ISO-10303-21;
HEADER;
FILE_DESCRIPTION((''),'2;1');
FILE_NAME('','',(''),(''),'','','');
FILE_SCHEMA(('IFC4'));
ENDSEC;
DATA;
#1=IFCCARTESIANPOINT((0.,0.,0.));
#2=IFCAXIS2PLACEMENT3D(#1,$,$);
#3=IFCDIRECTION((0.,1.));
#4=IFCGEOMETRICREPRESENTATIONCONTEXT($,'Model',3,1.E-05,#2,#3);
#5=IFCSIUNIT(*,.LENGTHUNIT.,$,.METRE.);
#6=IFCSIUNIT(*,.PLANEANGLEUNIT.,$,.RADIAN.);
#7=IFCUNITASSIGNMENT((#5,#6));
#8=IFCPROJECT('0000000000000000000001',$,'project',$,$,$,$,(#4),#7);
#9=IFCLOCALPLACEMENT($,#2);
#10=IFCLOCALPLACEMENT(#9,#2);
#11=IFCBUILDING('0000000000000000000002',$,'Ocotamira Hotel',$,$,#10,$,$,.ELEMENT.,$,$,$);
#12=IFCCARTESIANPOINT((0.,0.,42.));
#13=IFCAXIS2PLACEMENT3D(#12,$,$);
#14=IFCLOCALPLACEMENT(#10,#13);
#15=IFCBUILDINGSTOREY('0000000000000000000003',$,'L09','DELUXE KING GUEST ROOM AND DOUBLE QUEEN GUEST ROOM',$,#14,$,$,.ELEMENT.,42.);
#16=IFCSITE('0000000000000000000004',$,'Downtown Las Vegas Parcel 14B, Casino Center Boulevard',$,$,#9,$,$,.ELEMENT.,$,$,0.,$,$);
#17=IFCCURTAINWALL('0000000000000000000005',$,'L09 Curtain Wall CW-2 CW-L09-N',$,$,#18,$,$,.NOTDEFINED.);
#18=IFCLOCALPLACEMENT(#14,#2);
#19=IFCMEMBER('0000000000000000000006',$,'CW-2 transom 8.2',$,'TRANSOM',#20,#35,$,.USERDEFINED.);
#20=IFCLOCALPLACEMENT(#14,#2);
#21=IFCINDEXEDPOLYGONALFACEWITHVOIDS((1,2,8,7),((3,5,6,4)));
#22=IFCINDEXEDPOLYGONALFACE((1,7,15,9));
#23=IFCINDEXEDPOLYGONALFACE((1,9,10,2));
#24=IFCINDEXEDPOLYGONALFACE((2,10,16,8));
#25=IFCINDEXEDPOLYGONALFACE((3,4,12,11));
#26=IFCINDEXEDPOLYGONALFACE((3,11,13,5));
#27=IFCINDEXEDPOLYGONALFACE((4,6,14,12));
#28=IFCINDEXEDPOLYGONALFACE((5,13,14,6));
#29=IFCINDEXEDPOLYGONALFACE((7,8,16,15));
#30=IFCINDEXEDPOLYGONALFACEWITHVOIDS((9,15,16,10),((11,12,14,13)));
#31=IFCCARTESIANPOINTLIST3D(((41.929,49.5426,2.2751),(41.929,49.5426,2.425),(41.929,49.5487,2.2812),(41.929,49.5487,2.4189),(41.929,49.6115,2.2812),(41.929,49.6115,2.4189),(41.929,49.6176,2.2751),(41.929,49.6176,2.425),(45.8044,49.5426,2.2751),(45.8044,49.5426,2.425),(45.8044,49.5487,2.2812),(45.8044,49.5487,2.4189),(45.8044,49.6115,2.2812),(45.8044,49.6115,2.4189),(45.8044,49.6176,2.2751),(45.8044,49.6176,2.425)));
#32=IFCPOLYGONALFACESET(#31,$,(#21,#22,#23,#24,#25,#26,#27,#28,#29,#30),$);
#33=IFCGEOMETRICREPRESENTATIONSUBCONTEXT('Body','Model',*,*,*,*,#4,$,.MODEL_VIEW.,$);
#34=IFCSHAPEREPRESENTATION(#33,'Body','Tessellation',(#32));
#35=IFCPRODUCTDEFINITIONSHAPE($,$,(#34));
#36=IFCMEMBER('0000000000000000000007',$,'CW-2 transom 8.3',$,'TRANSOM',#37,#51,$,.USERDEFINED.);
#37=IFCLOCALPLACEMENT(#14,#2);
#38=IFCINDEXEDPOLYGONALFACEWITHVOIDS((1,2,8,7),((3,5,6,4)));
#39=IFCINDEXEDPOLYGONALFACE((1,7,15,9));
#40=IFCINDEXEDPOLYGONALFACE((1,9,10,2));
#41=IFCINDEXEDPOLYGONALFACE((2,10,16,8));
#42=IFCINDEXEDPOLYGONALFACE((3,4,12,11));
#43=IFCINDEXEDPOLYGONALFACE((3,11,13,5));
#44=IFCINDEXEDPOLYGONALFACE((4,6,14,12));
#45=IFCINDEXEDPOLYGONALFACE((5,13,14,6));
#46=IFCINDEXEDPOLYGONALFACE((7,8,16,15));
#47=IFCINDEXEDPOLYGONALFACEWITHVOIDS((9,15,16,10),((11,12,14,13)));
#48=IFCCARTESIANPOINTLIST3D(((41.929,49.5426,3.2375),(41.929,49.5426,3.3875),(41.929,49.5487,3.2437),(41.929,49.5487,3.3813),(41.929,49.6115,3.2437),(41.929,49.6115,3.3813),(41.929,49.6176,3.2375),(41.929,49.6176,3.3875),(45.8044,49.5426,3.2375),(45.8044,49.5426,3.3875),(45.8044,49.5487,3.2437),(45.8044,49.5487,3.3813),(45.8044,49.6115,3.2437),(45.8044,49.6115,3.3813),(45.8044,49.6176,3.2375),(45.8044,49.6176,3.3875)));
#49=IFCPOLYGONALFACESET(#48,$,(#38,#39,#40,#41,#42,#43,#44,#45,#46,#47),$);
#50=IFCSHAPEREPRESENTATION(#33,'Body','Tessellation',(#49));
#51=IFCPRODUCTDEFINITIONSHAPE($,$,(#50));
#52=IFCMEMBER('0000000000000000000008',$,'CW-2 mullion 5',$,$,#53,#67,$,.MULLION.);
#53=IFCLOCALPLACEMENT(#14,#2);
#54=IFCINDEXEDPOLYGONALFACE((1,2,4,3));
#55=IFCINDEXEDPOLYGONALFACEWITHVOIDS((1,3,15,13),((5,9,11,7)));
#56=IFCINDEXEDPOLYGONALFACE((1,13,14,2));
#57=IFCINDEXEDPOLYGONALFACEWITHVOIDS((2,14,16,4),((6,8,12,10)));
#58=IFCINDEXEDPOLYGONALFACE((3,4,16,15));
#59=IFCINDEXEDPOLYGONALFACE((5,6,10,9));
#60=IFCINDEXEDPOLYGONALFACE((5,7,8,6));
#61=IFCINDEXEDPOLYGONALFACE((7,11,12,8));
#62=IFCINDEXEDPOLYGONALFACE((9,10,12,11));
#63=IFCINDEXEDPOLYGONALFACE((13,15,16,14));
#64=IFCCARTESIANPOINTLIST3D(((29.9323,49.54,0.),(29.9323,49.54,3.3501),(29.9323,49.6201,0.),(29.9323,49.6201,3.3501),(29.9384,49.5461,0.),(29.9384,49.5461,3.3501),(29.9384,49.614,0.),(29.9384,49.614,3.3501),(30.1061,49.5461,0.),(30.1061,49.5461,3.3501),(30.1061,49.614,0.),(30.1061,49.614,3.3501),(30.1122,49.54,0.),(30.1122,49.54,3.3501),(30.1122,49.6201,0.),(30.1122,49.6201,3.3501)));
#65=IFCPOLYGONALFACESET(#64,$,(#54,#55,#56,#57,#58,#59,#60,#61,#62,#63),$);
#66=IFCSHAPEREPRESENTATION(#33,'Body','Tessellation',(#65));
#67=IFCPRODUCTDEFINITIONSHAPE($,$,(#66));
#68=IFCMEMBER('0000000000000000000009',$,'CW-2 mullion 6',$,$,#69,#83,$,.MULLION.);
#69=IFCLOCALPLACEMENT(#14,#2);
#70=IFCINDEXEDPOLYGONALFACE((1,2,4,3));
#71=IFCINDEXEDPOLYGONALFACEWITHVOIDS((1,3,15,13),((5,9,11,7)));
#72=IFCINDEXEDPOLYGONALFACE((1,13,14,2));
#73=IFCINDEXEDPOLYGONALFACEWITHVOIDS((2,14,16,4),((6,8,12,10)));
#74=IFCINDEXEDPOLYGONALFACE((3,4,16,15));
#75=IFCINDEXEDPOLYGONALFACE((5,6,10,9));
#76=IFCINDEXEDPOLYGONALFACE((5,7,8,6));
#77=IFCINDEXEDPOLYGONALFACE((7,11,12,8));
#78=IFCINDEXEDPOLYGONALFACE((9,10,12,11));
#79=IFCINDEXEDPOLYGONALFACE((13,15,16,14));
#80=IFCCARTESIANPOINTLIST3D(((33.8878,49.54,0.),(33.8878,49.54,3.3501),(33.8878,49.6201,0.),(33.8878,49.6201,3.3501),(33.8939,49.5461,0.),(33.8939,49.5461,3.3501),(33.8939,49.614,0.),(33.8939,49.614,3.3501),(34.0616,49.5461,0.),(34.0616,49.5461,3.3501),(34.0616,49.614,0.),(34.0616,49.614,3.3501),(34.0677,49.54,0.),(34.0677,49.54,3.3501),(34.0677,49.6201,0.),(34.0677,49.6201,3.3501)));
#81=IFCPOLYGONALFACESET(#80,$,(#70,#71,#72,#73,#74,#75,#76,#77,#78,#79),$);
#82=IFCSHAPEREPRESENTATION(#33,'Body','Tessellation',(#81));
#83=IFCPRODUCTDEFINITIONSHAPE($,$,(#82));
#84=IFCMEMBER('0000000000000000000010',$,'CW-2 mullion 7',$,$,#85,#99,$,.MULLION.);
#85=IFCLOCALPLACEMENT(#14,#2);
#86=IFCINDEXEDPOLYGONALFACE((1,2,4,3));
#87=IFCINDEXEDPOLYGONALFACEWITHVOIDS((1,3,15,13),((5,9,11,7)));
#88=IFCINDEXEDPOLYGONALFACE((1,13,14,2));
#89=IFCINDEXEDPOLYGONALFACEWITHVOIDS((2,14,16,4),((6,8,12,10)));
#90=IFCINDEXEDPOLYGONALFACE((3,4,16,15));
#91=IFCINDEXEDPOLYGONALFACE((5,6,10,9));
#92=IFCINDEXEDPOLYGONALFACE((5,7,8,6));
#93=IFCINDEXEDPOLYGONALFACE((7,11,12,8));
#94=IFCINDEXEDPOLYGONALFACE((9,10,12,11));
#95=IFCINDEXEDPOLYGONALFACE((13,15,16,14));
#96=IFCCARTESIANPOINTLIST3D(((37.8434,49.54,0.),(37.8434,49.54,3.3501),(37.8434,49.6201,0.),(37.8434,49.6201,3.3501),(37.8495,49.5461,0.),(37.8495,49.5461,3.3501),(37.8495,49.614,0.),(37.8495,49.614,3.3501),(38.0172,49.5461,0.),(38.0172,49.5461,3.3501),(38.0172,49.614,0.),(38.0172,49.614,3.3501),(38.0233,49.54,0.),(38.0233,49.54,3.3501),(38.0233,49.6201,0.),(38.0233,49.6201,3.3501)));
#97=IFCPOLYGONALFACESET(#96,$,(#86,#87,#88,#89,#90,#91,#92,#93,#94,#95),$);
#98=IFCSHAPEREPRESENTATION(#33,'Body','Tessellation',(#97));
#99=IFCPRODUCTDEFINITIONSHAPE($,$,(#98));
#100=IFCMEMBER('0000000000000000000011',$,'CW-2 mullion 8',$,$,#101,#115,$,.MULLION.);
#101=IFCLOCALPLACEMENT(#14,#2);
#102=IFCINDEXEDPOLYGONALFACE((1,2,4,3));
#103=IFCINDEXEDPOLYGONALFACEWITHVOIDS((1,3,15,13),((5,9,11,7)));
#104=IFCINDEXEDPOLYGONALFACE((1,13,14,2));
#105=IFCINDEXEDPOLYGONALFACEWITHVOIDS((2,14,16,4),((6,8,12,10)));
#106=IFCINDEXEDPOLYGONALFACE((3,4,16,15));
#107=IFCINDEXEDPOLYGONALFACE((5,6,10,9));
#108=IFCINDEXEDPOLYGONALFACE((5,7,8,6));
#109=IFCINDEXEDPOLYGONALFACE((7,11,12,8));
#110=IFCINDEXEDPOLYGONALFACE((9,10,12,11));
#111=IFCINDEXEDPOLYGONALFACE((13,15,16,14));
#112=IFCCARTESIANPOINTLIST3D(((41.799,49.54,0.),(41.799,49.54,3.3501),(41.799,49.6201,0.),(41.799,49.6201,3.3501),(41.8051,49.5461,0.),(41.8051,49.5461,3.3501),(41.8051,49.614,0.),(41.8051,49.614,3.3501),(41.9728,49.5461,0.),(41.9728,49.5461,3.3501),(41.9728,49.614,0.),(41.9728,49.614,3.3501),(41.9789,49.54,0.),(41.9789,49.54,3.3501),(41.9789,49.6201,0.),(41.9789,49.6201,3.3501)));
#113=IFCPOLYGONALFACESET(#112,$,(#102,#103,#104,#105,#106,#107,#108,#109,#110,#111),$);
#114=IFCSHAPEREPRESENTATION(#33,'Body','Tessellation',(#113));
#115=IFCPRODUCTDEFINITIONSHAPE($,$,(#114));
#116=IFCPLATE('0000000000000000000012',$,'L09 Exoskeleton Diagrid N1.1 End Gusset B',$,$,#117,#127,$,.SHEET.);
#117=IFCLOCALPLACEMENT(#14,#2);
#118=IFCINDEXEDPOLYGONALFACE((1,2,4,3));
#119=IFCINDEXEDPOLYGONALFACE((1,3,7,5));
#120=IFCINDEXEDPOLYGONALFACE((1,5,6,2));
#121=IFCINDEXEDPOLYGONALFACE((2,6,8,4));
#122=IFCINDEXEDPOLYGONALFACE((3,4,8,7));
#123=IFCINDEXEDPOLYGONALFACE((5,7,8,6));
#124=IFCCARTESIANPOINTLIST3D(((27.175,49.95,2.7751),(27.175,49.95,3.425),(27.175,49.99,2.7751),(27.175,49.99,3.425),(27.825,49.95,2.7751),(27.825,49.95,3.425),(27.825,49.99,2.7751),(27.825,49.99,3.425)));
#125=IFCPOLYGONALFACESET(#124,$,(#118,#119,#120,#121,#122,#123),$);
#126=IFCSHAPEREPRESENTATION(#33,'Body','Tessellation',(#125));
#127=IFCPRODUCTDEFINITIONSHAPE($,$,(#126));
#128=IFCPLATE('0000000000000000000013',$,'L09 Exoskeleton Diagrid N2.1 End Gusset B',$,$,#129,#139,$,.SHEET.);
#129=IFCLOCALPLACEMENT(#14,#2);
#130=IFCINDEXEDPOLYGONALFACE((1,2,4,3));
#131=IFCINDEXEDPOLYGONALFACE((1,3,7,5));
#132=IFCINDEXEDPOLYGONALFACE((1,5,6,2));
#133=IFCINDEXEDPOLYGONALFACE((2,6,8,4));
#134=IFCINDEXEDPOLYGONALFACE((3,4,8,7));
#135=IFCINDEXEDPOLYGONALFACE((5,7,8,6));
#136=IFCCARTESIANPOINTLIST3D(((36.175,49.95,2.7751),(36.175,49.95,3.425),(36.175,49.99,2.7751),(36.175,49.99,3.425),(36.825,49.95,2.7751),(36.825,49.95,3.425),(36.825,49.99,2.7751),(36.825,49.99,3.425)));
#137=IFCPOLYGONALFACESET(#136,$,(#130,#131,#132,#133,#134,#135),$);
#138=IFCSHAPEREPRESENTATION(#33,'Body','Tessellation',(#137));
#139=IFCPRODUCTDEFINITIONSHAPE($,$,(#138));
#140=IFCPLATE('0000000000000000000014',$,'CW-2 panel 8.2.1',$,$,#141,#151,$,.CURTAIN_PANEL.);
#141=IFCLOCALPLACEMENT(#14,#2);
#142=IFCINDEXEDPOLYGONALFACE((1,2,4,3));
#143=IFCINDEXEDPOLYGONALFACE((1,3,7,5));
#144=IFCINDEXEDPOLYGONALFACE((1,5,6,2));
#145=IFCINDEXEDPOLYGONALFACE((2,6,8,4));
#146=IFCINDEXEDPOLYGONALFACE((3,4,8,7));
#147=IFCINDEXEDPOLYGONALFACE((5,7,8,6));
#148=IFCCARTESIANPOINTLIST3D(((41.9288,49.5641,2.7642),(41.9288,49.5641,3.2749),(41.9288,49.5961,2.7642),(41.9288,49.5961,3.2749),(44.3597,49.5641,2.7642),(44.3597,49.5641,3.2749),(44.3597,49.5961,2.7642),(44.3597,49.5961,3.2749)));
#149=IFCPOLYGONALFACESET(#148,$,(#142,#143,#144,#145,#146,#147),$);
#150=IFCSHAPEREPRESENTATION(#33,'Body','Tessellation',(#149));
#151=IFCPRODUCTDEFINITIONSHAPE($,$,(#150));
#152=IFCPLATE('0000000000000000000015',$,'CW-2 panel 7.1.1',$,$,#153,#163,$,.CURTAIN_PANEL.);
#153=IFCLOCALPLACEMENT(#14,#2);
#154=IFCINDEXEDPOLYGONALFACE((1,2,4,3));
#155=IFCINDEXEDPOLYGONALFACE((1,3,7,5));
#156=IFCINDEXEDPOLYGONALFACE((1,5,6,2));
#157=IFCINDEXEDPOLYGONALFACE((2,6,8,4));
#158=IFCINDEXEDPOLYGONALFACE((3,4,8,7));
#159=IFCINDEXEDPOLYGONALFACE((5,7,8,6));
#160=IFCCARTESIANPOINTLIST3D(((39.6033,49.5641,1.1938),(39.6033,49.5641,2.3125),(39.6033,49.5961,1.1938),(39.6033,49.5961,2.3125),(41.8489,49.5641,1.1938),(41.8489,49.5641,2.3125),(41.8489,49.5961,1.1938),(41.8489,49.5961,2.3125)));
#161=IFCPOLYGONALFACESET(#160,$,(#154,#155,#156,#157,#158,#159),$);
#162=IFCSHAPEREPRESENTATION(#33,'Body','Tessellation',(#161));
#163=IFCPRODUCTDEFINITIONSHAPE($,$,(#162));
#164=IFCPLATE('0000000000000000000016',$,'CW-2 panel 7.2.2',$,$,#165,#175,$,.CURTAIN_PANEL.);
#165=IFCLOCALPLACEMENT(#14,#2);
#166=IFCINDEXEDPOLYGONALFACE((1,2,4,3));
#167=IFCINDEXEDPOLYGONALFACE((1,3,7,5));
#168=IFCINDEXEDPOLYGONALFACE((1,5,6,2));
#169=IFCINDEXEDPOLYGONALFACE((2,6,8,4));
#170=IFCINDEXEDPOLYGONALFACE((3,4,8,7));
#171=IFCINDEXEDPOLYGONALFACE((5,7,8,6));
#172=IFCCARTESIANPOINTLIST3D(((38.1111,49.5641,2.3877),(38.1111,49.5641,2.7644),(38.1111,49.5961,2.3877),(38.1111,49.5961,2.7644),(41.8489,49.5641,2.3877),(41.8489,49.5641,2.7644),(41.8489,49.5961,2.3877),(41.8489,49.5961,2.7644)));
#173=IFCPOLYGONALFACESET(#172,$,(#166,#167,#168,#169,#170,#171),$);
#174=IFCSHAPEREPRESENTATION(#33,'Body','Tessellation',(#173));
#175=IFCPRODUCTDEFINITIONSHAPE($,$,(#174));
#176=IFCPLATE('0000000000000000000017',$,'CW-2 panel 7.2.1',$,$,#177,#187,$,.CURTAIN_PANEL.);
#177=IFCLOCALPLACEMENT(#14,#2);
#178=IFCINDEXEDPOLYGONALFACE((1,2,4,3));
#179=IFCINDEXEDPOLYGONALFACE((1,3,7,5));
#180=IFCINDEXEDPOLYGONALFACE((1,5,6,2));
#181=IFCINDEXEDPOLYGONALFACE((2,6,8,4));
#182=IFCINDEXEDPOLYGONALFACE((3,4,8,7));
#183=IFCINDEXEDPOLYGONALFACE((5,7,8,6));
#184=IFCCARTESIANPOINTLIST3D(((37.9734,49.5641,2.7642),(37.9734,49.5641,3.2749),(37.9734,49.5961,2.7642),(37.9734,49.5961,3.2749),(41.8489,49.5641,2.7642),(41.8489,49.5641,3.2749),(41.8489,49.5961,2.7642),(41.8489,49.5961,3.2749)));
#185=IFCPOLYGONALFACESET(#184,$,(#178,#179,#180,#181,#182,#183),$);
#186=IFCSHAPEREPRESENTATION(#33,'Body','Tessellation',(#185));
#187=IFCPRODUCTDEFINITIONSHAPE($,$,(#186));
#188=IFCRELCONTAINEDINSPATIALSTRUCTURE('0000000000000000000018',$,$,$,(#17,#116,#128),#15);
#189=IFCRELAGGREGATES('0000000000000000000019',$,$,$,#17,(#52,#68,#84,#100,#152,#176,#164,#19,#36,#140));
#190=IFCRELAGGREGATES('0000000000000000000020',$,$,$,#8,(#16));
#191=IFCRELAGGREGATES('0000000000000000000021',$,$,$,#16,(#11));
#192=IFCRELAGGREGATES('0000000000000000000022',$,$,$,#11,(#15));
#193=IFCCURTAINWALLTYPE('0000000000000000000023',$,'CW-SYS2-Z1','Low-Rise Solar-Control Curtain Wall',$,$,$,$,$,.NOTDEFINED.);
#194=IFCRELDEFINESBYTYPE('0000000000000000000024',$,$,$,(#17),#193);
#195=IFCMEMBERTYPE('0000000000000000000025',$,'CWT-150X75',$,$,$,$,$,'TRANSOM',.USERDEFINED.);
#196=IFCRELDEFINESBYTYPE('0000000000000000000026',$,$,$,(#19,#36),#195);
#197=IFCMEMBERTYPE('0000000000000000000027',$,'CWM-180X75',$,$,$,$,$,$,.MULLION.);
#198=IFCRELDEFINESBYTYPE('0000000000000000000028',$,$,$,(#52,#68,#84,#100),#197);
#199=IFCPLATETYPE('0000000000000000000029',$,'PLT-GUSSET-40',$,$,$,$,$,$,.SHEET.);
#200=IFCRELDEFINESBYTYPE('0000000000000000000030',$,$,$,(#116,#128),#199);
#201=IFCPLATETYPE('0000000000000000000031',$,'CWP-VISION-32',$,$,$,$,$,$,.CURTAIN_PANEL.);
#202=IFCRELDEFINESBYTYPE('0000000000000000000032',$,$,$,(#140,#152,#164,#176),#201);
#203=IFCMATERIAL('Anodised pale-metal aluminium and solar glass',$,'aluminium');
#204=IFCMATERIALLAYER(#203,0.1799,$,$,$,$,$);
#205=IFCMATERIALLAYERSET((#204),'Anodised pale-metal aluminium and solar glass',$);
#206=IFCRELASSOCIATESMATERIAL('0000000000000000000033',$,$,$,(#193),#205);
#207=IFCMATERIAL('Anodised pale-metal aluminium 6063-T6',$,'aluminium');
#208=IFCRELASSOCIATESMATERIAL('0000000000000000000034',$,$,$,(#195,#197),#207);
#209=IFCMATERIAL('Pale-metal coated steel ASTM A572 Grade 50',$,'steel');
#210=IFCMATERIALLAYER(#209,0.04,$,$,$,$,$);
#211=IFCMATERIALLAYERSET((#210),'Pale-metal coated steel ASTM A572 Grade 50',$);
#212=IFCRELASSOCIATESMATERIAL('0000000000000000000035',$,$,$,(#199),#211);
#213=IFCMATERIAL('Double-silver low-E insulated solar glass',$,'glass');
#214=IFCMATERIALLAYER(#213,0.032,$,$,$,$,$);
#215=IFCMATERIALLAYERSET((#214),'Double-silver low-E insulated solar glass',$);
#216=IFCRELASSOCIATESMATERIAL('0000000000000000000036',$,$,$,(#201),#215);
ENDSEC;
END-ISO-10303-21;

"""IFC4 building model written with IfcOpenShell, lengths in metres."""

from ifc_helpers import new_model, si_unit, direction, frame, origin, origin_2d, place, context, subcontext, project, spatial, rectangle, hollow_rectangle, extrude, source, transform, mapped, material, layer, layer_set, material_profile, profile_set, type_object, element, aggregate, save


model = new_model("IFC4")

# Units and contexts
model_context = context("Model", 3, precision=1e-05, world=origin(), true_north=direction((0.0, 1.0)))
body_context = subcontext(model_context, "Body", "Model", "MODEL_VIEW")
ifc_project = project(units=[si_unit("LENGTHUNIT", "METRE"), si_unit("PLANEANGLEUNIT", "RADIAN")], contexts=[model_context])

# Site, building, storey
site_placement = place(None, origin())
site = spatial("IfcSite", under=ifc_project, at=site_placement, Name="Downtown Las Vegas Parcel 14B, Casino Center Boulevard", CompositionType="ELEMENT", RefElevation=0.0)
building_placement = place(site_placement, origin())
building = spatial("IfcBuilding", under=site, at=building_placement, Name="Ocotamira Hotel", CompositionType="ELEMENT")
storey_placement = place(building_placement, frame((0.0, 0.0, 42.0)))
storey = spatial("IfcBuildingStorey", under=building, at=storey_placement, Name="L09", Description="DELUXE KING GUEST ROOM AND DOUBLE QUEEN GUEST ROOM", CompositionType="ELEMENT", Elevation=42.0)

# Curtain wall, members
ifc_material_1 = material(Name="Anodised pale-metal aluminium and solar glass", Category="aluminium")
ifc_layer_1 = layer(ifc_material_1, 0.1799)
ifc_layer_set_1 = layer_set([ifc_layer_1], Name="Anodised pale-metal aluminium and solar glass")
curtain_wall_type = type_object("IfcCurtainWallType", Name="CW-SYS2-Z1", Description="Low-Rise Solar-Control Curtain Wall", PredefinedType="NOTDEFINED", material=ifc_layer_set_1)
curtain_wall_placement = place(storey_placement, origin())
curtain_wall = element("IfcCurtainWall", 1, at=curtain_wall_placement, inside=storey, type_object=curtain_wall_type, Name="L09 Curtain Wall CW-2 CW-L09-N", PredefinedType="NOTDEFINED")
ifc_material_2 = material(Name="Anodised pale-metal aluminium 6063-T6", Category="aluminium")
ifc_material_profile_1 = material_profile(ifc_material_2, hollow_rectangle(XDim=0.075, YDim=0.1499, WallThickness=0.0061, at=origin_2d()), Name="HSS150X75X6")
ifc_profile_set_1 = profile_set([ifc_material_profile_1], Name="Anodised pale-metal aluminium 6063-T6")
member_type_1 = type_object("IfcMemberType", Name="CWT-150X75", ElementType="TRANSOM", PredefinedType="USERDEFINED", material=ifc_profile_set_1)
shared_shape_1 = source(origin(), body_context, "Body", "SweptSolid", [
    extrude(hollow_rectangle(XDim=0.075, YDim=0.1499, WallThickness=0.0061, at=origin_2d()), origin(), (0.0, 0.0, 1.0), 3.8755),
])
member_1_placement = place(storey_placement, frame((41.929, 49.5801, 2.3501), z_axis=(1.0, 0.0, 0.0), x_axis=(0.0, 1.0, 0.0)))
member_1 = element("IfcMember", 2, at=member_1_placement, type_object=member_type_1, Name="CW-2 transom 8.2", ObjectType="TRANSOM", PredefinedType="USERDEFINED", context=body_context, shape_type="MappedRepresentation", body=[
    mapped(shared_shape_1, transform((0.0, 0.0, 0.0), scale=1.0)),
])
member_2_placement = place(storey_placement, frame((41.929, 49.5801, 3.3125), z_axis=(1.0, 0.0, 0.0), x_axis=(0.0, 1.0, 0.0)))
member_2 = element("IfcMember", 3, at=member_2_placement, type_object=member_type_1, Name="CW-2 transom 8.3", ObjectType="TRANSOM", PredefinedType="USERDEFINED", context=body_context, shape_type="MappedRepresentation", body=[
    mapped(shared_shape_1, transform((0.0, 0.0, 0.0), scale=1.0)),
])
ifc_material_profile_2 = material_profile(ifc_material_2, hollow_rectangle(XDim=0.0801, YDim=0.1799, WallThickness=0.0061, at=origin_2d()), Name="HSS180X80X6")
ifc_profile_set_2 = profile_set([ifc_material_profile_2], Name="Anodised pale-metal aluminium 6063-T6")
member_type_2 = type_object("IfcMemberType", Name="CWM-180X75", PredefinedType="MULLION", material=ifc_profile_set_2)
shared_shape_2 = source(origin(), body_context, "Body", "SweptSolid", [
    extrude(hollow_rectangle(XDim=0.0801, YDim=0.1799, WallThickness=0.0061, at=origin_2d()), origin(), (0.0, 0.0, 1.0), 3.3501),
])
member_3_placement = place(storey_placement, frame((30.0222, 49.5801, 0.0), z_axis=(0.0, 0.0, 1.0), x_axis=(0.0, 1.0, 0.0)))
member_3 = element("IfcMember", 4, at=member_3_placement, type_object=member_type_2, Name="CW-2 mullion 5", PredefinedType="MULLION", context=body_context, shape_type="MappedRepresentation", body=[
    mapped(shared_shape_2, transform((0.0, 0.0, 0.0), scale=1.0)),
])
member_4_placement = place(storey_placement, frame((33.9778, 49.5801, 0.0), z_axis=(0.0, 0.0, 1.0), x_axis=(0.0, 1.0, 0.0)))
member_4 = element("IfcMember", 5, at=member_4_placement, type_object=member_type_2, Name="CW-2 mullion 6", PredefinedType="MULLION", context=body_context, shape_type="MappedRepresentation", body=[
    mapped(shared_shape_2, transform((0.0, 0.0, 0.0), scale=1.0)),
])
member_5_placement = place(storey_placement, frame((37.9333, 49.5801, 0.0), z_axis=(0.0, 0.0, 1.0), x_axis=(0.0, 1.0, 0.0)))
member_5 = element("IfcMember", 6, at=member_5_placement, type_object=member_type_2, Name="CW-2 mullion 7", PredefinedType="MULLION", context=body_context, shape_type="MappedRepresentation", body=[
    mapped(shared_shape_2, transform((0.0, 0.0, 0.0), scale=1.0)),
])
member_6_placement = place(storey_placement, frame((41.8889, 49.5801, 0.0), z_axis=(0.0, 0.0, 1.0), x_axis=(0.0, 1.0, 0.0)))
member_6 = element("IfcMember", 7, at=member_6_placement, type_object=member_type_2, Name="CW-2 mullion 8", PredefinedType="MULLION", context=body_context, shape_type="MappedRepresentation", body=[
    mapped(shared_shape_2, transform((0.0, 0.0, 0.0), scale=1.0)),
])

# Plates
ifc_material_3 = material(Name="Pale-metal coated steel ASTM A572 Grade 50", Category="steel")
ifc_layer_2 = layer(ifc_material_3, 0.04)
ifc_layer_set_2 = layer_set([ifc_layer_2], Name="Pale-metal coated steel ASTM A572 Grade 50")
plate_type_1 = type_object("IfcPlateType", Name="PLT-GUSSET-40", PredefinedType="SHEET", material=ifc_layer_set_2)
shared_shape_3 = source(origin(), body_context, "Body", "SweptSolid", [
    extrude(rectangle(XDim=0.6499, YDim=0.04, at=origin_2d()), origin(), (0.0, 0.0, 1.0), 0.6499),
])
for number, where, z_axis, x_axis, name in (
    (8, (27.5, 49.97, 2.7751), (0.0, 0.0, 1.0), (1.0, 0.0, 0.0), "L09 Exoskeleton Diagrid N1.1 End Gusset B"),
    (9, (36.5, 49.97, 2.7751), (0.0, 0.0, 1.0), (1.0, 0.0, 0.0), "L09 Exoskeleton Diagrid N2.1 End Gusset B"),
):
    element("IfcPlate", number, at=place(storey_placement, frame(where, z_axis=z_axis, x_axis=x_axis)), inside=storey, type_object=plate_type_1, Name=name, PredefinedType="SHEET", context=body_context, shape_type="MappedRepresentation", body=[
        mapped(shared_shape_3, transform((0.0, 0.0, 0.0), scale=1.0)),
    ])

# Plates
ifc_material_4 = material(Name="Double-silver low-E insulated solar glass", Category="glass")
ifc_layer_3 = layer(ifc_material_4, 0.032)
ifc_layer_set_3 = layer_set([ifc_layer_3], Name="Double-silver low-E insulated solar glass")
plate_type_2 = type_object("IfcPlateType", Name="CWP-VISION-32", PredefinedType="CURTAIN_PANEL", material=ifc_layer_set_3)
shared_shape_4 = source(origin(), body_context, "Body", "SweptSolid", [
    extrude(rectangle(XDim=2.4309, YDim=0.032, at=origin_2d()), origin(), (0.0, 0.0, 1.0), 0.5107),
])
plate_1_placement = place(storey_placement, frame((43.1443, 49.5801, 2.7642), z_axis=(0.0, 0.0, 1.0), x_axis=(1.0, 0.0, 0.0)))
plate_1 = element("IfcPlate", 10, at=plate_1_placement, type_object=plate_type_2, Name="CW-2 panel 8.2.1", PredefinedType="CURTAIN_PANEL", context=body_context, shape_type="MappedRepresentation", body=[
    mapped(shared_shape_4, transform((0.0, 0.0, 0.0), scale=1.0)),
])
shared_shape_5 = source(origin(), body_context, "Body", "SweptSolid", [
    extrude(rectangle(XDim=2.2456, YDim=0.032, at=origin_2d()), origin(), (0.0, 0.0, 1.0), 1.1187),
])
plate_2_placement = place(storey_placement, frame((40.7261, 49.5801, 1.1938), z_axis=(0.0, 0.0, 1.0), x_axis=(1.0, 0.0, 0.0)))
plate_2 = element("IfcPlate", 11, at=plate_2_placement, type_object=plate_type_2, Name="CW-2 panel 7.1.1", PredefinedType="CURTAIN_PANEL", context=body_context, shape_type="MappedRepresentation", body=[
    mapped(shared_shape_5, transform((0.0, 0.0, 0.0), scale=1.0)),
])
shared_shape_6 = source(origin(), body_context, "Body", "SweptSolid", [
    extrude(rectangle(XDim=3.7378, YDim=0.032, at=origin_2d()), origin(), (0.0, 0.0, 1.0), 0.3767),
])
plate_3_placement = place(storey_placement, frame((39.98, 49.5801, 2.3877), z_axis=(0.0, 0.0, 1.0), x_axis=(1.0, 0.0, 0.0)))
plate_3 = element("IfcPlate", 12, at=plate_3_placement, type_object=plate_type_2, Name="CW-2 panel 7.2.2", PredefinedType="CURTAIN_PANEL", context=body_context, shape_type="MappedRepresentation", body=[
    mapped(shared_shape_6, transform((0.0, 0.0, 0.0), scale=1.0)),
])
shared_shape_7 = source(origin(), body_context, "Body", "SweptSolid", [
    extrude(rectangle(XDim=3.8755, YDim=0.032, at=origin_2d()), origin(), (0.0, 0.0, 1.0), 0.5107),
])
plate_4_placement = place(storey_placement, frame((39.9111, 49.5801, 2.7642), z_axis=(0.0, 0.0, 1.0), x_axis=(1.0, 0.0, 0.0)))
plate_4 = element("IfcPlate", 13, at=plate_4_placement, type_object=plate_type_2, Name="CW-2 panel 7.2.1", PredefinedType="CURTAIN_PANEL", context=body_context, shape_type="MappedRepresentation", body=[
    mapped(shared_shape_7, transform((0.0, 0.0, 0.0), scale=1.0)),
])
aggregate(curtain_wall, [member_3, member_4, member_5, member_6, plate_2, plate_4, plate_3, member_1, member_2, plate_1])

save(model, "model.ifc")
